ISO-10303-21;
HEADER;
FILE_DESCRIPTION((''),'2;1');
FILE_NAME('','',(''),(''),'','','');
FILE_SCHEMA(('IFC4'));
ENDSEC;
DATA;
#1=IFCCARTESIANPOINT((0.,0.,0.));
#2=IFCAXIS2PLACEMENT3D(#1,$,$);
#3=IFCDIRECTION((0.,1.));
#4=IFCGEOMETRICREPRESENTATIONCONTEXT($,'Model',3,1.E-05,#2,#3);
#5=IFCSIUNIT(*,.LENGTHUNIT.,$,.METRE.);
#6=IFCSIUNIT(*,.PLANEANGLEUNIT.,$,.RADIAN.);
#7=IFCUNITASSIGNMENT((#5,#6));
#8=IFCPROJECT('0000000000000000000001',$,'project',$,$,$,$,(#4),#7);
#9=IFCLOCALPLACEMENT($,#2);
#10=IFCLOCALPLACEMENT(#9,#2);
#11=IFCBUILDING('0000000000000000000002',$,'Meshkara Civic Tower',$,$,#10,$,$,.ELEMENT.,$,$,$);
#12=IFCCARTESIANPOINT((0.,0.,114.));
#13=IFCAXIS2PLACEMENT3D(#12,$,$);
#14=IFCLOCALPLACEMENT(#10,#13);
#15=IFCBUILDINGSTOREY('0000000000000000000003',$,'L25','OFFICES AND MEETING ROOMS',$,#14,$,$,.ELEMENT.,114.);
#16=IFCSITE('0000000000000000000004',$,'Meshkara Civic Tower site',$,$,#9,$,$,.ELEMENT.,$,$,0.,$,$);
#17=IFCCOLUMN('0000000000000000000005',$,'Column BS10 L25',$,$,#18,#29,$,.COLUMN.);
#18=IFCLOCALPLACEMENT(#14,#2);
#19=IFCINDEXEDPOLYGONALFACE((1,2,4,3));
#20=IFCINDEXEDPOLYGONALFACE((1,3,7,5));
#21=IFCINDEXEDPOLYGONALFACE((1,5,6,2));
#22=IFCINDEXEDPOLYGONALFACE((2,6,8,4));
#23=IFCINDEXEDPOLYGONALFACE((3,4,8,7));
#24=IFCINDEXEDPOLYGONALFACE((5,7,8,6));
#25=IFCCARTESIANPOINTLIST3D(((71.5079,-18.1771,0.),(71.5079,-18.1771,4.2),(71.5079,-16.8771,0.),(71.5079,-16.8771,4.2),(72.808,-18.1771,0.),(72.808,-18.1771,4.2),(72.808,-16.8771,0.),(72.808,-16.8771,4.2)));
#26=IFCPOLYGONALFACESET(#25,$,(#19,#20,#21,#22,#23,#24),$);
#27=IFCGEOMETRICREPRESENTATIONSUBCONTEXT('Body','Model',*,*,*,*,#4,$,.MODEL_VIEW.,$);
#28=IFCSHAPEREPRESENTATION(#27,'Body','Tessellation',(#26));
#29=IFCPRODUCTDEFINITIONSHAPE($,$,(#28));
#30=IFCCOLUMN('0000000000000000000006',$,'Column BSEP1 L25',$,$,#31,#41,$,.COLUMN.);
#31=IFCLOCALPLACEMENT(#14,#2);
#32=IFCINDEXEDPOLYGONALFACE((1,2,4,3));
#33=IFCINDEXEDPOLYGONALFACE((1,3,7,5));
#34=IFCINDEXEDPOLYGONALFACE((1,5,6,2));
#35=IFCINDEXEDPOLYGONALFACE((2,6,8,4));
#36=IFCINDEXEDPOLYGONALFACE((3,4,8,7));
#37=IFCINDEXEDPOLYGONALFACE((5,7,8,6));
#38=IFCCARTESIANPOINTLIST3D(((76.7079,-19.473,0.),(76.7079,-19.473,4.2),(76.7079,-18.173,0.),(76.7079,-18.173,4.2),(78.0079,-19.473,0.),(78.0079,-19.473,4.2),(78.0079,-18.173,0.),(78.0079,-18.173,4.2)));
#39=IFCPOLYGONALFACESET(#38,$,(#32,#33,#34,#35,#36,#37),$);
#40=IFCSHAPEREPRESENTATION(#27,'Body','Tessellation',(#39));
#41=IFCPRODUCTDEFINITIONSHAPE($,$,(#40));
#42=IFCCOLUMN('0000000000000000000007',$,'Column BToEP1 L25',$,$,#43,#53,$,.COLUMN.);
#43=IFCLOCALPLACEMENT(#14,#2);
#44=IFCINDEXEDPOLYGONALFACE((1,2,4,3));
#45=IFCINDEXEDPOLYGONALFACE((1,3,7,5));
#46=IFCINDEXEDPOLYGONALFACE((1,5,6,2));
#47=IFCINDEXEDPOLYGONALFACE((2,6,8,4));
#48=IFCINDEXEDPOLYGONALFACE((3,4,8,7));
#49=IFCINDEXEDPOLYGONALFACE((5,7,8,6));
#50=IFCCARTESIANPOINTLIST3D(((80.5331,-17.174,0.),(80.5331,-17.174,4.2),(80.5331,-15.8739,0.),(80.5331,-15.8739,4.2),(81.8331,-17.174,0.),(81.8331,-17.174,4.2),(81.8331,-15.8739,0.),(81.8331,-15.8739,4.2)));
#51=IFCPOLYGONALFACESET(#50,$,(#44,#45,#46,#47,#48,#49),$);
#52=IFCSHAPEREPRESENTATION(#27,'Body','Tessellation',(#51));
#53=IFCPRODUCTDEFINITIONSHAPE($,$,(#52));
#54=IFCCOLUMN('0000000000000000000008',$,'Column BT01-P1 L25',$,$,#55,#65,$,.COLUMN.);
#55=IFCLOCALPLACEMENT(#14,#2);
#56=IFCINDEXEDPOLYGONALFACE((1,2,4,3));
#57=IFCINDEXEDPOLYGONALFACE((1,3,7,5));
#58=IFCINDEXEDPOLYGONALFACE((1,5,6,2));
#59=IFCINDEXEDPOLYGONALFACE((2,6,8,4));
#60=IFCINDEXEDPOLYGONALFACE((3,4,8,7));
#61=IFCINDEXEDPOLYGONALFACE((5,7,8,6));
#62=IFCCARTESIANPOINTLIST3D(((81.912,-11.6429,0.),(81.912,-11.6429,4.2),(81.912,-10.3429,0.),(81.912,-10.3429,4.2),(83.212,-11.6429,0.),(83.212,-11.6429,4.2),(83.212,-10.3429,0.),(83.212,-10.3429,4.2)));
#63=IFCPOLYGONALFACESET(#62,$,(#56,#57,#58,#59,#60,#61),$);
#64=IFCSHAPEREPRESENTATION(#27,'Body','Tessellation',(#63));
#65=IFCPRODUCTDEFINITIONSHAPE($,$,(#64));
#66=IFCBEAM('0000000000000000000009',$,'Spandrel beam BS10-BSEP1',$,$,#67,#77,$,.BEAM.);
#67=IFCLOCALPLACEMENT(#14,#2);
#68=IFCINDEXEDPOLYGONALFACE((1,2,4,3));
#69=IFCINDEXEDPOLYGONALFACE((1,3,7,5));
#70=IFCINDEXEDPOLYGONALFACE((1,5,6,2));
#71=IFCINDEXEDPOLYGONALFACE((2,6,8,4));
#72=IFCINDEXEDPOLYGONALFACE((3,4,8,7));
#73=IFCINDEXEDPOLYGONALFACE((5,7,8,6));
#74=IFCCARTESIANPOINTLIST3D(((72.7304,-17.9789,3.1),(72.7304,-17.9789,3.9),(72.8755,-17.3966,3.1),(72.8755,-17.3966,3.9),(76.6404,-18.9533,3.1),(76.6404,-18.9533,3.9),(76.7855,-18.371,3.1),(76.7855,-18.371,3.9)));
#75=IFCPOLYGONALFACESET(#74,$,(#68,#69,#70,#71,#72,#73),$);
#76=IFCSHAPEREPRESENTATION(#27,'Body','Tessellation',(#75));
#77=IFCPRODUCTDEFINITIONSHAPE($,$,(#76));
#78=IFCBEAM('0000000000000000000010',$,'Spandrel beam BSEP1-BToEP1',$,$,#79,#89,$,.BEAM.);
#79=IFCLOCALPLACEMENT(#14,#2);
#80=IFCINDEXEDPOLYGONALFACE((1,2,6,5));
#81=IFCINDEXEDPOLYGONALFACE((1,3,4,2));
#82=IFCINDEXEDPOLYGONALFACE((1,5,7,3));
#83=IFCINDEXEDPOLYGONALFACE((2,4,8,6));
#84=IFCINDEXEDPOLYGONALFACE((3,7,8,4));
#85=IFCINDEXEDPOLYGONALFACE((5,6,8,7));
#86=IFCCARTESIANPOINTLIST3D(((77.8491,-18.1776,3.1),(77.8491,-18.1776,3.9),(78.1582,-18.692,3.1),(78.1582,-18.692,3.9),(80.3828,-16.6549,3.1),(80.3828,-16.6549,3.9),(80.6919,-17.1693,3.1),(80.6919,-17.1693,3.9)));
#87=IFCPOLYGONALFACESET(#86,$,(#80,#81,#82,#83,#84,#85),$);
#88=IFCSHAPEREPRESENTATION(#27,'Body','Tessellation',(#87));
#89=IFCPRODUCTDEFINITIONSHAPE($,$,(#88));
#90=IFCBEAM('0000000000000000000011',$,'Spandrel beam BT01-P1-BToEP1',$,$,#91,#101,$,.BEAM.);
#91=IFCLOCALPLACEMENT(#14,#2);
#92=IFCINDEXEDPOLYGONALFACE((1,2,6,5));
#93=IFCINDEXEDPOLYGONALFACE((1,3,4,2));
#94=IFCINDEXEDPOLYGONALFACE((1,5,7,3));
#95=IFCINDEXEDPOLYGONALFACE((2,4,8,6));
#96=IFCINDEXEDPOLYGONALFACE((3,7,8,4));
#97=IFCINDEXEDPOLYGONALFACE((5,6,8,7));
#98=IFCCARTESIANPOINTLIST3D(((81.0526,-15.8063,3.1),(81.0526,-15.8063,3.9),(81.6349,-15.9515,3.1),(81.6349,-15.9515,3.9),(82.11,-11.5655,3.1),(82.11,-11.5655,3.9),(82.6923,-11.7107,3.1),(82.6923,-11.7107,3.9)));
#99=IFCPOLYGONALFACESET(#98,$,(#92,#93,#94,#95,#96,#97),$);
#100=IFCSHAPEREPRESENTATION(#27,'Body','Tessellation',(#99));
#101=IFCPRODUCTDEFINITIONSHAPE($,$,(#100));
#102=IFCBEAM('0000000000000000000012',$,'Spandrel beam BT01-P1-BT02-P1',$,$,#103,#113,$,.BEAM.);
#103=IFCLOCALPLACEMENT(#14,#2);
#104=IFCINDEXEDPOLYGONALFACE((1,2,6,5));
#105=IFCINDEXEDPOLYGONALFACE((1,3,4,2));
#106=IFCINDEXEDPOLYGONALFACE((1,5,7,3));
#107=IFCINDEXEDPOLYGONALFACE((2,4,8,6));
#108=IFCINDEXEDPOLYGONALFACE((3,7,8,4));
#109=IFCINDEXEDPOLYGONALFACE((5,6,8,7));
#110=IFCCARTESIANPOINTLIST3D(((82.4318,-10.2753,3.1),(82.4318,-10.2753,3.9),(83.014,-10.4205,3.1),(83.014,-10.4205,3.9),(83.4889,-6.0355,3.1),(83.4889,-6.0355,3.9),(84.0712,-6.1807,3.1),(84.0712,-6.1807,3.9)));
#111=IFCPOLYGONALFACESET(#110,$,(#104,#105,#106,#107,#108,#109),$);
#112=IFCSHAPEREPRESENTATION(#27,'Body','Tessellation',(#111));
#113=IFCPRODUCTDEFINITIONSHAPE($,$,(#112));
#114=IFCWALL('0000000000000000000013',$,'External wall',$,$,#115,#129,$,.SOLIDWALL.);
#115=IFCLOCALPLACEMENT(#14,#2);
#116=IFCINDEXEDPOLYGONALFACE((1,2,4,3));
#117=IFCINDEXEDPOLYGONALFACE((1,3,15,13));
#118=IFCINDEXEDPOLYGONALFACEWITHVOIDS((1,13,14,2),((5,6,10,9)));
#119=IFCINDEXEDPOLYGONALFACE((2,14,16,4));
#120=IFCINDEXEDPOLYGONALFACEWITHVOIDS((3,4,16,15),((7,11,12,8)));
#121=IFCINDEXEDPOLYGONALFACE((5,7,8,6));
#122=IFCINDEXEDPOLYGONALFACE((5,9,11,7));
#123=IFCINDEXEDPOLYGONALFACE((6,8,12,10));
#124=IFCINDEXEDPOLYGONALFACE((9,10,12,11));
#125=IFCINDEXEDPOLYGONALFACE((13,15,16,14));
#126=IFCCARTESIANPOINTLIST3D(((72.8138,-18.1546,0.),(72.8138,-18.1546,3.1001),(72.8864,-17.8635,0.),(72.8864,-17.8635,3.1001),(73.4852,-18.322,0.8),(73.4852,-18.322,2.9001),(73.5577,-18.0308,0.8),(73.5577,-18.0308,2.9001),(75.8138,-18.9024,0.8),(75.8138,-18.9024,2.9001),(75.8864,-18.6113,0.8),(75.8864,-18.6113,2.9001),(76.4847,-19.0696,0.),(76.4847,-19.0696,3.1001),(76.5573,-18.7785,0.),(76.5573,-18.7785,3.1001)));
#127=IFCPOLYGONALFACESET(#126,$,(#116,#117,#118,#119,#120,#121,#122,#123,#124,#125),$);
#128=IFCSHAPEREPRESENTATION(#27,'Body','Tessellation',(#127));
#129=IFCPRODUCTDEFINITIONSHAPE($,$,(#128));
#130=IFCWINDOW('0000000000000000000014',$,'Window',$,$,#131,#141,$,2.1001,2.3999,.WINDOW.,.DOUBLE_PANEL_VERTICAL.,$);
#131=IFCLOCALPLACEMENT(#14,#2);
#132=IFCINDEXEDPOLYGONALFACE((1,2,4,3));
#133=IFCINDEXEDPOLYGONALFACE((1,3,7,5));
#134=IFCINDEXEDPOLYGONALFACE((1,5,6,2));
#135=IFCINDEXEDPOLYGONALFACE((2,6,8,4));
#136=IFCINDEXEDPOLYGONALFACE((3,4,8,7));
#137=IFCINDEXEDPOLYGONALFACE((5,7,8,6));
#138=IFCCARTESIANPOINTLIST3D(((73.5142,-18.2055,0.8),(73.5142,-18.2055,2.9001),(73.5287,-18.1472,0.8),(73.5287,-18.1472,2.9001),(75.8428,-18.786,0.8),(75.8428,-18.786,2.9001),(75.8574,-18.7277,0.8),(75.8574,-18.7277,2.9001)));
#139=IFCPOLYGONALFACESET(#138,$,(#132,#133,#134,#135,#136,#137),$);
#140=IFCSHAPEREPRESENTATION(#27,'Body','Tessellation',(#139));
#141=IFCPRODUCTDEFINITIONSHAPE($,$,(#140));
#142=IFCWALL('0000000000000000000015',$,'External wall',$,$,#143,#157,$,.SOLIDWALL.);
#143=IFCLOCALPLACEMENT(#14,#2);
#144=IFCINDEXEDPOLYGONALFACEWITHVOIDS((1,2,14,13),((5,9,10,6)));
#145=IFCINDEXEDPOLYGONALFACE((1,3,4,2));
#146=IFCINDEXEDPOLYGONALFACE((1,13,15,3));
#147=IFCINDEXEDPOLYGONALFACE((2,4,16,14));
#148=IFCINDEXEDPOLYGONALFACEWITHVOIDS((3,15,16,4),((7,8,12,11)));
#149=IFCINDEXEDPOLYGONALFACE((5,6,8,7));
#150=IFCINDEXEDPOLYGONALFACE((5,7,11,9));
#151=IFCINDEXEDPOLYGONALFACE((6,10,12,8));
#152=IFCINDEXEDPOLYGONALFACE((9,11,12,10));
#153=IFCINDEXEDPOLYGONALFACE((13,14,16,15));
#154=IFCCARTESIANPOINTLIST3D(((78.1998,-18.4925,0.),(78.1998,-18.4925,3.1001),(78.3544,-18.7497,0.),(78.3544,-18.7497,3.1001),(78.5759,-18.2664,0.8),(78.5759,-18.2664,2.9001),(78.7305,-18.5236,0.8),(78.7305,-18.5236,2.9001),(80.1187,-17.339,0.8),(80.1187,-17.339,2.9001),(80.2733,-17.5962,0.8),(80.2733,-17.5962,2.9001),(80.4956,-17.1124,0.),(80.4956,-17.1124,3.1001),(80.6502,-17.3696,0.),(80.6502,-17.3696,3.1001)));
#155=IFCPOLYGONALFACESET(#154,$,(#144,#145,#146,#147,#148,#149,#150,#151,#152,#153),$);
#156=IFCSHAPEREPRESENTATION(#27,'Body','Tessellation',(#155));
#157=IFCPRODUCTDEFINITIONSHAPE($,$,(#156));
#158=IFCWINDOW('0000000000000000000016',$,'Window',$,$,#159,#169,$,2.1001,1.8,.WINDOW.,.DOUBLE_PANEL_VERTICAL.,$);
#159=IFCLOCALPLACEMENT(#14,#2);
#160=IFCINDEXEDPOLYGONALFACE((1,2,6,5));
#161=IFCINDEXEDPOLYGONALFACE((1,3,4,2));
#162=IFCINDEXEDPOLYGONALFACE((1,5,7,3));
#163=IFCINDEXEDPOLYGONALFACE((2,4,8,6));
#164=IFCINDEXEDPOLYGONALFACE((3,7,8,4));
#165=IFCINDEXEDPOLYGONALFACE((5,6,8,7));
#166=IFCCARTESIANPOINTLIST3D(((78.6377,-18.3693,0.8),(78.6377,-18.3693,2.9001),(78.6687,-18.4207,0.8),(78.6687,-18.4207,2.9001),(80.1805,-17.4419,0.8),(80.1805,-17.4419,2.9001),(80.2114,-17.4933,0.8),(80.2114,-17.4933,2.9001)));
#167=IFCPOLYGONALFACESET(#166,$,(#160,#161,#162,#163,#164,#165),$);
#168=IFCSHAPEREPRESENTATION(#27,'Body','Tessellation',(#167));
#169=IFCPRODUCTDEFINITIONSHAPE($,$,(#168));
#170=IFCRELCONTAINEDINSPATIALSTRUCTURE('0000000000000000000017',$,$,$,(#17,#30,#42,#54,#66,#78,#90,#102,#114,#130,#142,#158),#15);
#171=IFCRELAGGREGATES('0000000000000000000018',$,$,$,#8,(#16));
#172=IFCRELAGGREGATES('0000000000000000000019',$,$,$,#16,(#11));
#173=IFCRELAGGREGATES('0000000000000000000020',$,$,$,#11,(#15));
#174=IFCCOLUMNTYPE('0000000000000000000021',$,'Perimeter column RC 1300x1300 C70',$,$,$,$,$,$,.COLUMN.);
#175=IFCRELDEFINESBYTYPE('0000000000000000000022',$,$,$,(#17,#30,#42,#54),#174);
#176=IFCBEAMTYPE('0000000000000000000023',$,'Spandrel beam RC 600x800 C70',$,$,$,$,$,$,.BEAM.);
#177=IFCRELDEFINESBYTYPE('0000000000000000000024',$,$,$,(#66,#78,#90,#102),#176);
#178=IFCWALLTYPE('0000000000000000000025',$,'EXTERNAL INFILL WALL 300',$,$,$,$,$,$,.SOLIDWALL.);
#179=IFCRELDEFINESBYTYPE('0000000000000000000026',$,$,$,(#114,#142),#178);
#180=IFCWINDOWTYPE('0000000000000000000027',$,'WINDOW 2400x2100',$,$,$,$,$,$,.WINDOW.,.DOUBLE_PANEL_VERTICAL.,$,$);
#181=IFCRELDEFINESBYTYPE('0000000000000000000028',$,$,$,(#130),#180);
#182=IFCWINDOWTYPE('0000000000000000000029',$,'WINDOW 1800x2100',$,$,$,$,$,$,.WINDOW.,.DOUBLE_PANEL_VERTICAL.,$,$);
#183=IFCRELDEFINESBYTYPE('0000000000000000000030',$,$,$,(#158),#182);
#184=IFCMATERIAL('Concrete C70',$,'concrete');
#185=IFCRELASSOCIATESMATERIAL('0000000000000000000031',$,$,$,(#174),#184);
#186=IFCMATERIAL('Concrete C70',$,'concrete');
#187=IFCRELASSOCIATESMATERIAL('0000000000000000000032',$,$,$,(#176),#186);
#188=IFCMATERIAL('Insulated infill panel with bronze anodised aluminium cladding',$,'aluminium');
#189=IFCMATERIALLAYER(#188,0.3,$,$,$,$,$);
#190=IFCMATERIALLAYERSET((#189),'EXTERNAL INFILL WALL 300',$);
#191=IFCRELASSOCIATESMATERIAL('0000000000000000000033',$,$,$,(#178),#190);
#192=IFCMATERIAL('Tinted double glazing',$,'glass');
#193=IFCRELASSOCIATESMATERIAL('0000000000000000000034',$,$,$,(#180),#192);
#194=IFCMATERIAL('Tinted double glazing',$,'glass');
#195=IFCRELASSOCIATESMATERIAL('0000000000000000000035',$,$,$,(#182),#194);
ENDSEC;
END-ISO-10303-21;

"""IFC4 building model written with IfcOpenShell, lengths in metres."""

from ifc_helpers import new_model, si_unit, direction, frame, frame_2d, origin, origin_2d, place, context, subcontext, project, spatial, rectangle, extrude, material, layer, layer_set, material_profile, profile_set, type_object, element, fill, save


model = new_model("IFC4")

# Units and contexts
model_context = context("Model", 3, precision=1e-05, world=origin(), true_north=direction((0.0, 1.0)))
body_context = subcontext(model_context, "Body", "Model", "MODEL_VIEW")
ifc_project = project(units=[si_unit("LENGTHUNIT", "METRE"), si_unit("PLANEANGLEUNIT", "RADIAN")], contexts=[model_context])

# Site, building, storey
site_placement = place(None, origin())
site = spatial("IfcSite", under=ifc_project, at=site_placement, Name="Meshkara Civic Tower site", CompositionType="ELEMENT", RefElevation=0.0)
building_placement = place(site_placement, origin())
building = spatial("IfcBuilding", under=site, at=building_placement, Name="Meshkara Civic Tower", CompositionType="ELEMENT")
storey_placement = place(building_placement, frame((0.0, 0.0, 114.0)))
storey = spatial("IfcBuildingStorey", under=building, at=storey_placement, Name="L25", Description="OFFICES AND MEETING ROOMS", CompositionType="ELEMENT", Elevation=114.0)

# Columns
ifc_material_1 = material(Name="Concrete C70", Category="concrete")
ifc_material_profile_1 = material_profile(ifc_material_1, rectangle(XDim=1.3, YDim=1.3, at=origin_2d()))
ifc_profile_set_1 = profile_set([ifc_material_profile_1], Name="Concrete C70")
column_type = type_object("IfcColumnType", Name="Perimeter column RC 1300x1300 C70", PredefinedType="COLUMN", material=ifc_profile_set_1)
for number, where, z_axis, x_axis, name in (
    (1, (72.158, -17.5271, 0.0), (0.0, 0.0, 1.0), (1.0, 0.0, 0.0), "Column BS10 L25"),
    (2, (77.3579, -18.823, 0.0), (0.0, 0.0, 1.0), (1.0, 0.0, 0.0), "Column BSEP1 L25"),
    (3, (81.1831, -16.5239, 0.0), (0.0, 0.0, 1.0), (1.0, 0.0, 0.0), "Column BToEP1 L25"),
    (4, (82.562, -10.9929, 0.0), (0.0, 0.0, 1.0), (1.0, 0.0, 0.0), "Column BT01-P1 L25"),
):
    element("IfcColumn", number, at=place(storey_placement, frame(where, z_axis=z_axis, x_axis=x_axis)), inside=storey, type_object=column_type, Name=name, PredefinedType="COLUMN", context=body_context, shape_type="SweptSolid", body=[
        extrude(rectangle(XDim=1.3, YDim=1.3, at=origin_2d()), origin(), (0.0, 0.0, 1.0), 4.2),
    ])

# Beams
ifc_material_2 = material(Name="Concrete C70", Category="concrete")
ifc_material_profile_2 = material_profile(ifc_material_2, rectangle(XDim=0.6001, YDim=0.8, at=origin_2d()))
ifc_profile_set_2 = profile_set([ifc_material_profile_2], Name="Concrete C70")
beam_type = type_object("IfcBeamType", Name="Spandrel beam RC 600x800 C70", PredefinedType="BEAM", material=ifc_profile_set_2)
beam_1_placement = place(storey_placement, frame((72.803, -17.6877, 3.5), z_axis=(0.970324, -0.241808, 0.0), x_axis=(0.241808, 0.970324, 0.0)))
element("IfcBeam", 5, at=beam_1_placement, inside=storey, type_object=beam_type, Name="Spandrel beam BS10-BSEP1", PredefinedType="BEAM", context=body_context, shape_type="SweptSolid", body=[
    extrude(rectangle(XDim=0.6001, YDim=0.8, at=origin_2d()), origin(), (0.0, 0.0, 1.0), 4.0295),
])
beam_2_placement = place(storey_placement, frame((78.0037, -18.4348, 3.5), z_axis=(0.857121, 0.515115, 0.0), x_axis=(-0.515115, 0.857121, 0.0)))
element("IfcBeam", 6, at=beam_2_placement, inside=storey, type_object=beam_type, Name="Spandrel beam BSEP1-BToEP1", PredefinedType="BEAM", context=body_context, shape_type="SweptSolid", body=[
    extrude(rectangle(XDim=0.6001, YDim=0.8, at=origin_2d()), origin(), (0.0, 0.0, 1.0), 2.9561),
])
beam_3_placement = place(storey_placement, frame((81.3438, -15.8789, 3.5), z_axis=(0.241931, 0.970293, 0.0), x_axis=(-0.970293, 0.241931, 0.0)))
element("IfcBeam", 7, at=beam_3_placement, inside=storey, type_object=beam_type, Name="Spandrel beam BT01-P1-BToEP1", PredefinedType="BEAM", context=body_context, shape_type="SweptSolid", body=[
    extrude(rectangle(XDim=0.6001, YDim=0.8, at=origin_2d()), origin(), (0.0, 0.0, 1.0), 4.3706),
])
beam_4_placement = place(storey_placement, frame((82.7229, -10.3479, 3.5), z_axis=(0.241931, 0.970293, 0.0), x_axis=(-0.970293, 0.241931, 0.0)))
element("IfcBeam", 8, at=beam_4_placement, inside=storey, type_object=beam_type, Name="Spandrel beam BT01-P1-BT02-P1", PredefinedType="BEAM", context=body_context, shape_type="SweptSolid", body=[
    extrude(rectangle(XDim=0.6001, YDim=0.8, at=origin_2d()), origin(), (0.0, 0.0, 1.0), 4.3696),
])

# Walls, openings, windows
ifc_material_3 = material(Name="Insulated infill panel with bronze anodised aluminium cladding", Category="aluminium")
ifc_layer_1 = layer(ifc_material_3, 0.3)
ifc_layer_set_1 = layer_set([ifc_layer_1], Name="EXTERNAL INFILL WALL 300")
wall_type_1 = type_object("IfcWallType", Name="EXTERNAL INFILL WALL 300", PredefinedType="SOLIDWALL", material=ifc_layer_set_1)
wall_1_placement = place(storey_placement, frame((72.8501, -18.009, 0.0), z_axis=(0.0, 0.0, 1.0), x_axis=(0.970309, -0.241867, 0.0)))
wall_1 = element("IfcWall", 9, at=wall_1_placement, inside=storey, type_object=wall_type_1, Name="External wall", PredefinedType="SOLIDWALL", context=body_context, shape_type="SweptSolid", body=[
    extrude(rectangle(XDim=3.7832, YDim=0.3, at=frame_2d((1.8916, 0.0))), origin(), (0.0, 0.0, 1.0), 3.1001),
])
opening_1_placement = place(wall_1_placement, frame((0.6919, 0.0, 0.8)))
opening_1 = element("IfcOpeningElement", 10, at=opening_1_placement, cuts=wall_1, PredefinedType="OPENING", context=body_context, shape_type="SweptSolid", body=[
    extrude(rectangle(XDim=2.3999, YDim=2.1001, at=frame_2d((1.2, 1.05))), frame((0.0, 0.1599, 0.0), z_axis=(0.0, -1.0, 0.0), x_axis=(1.0, 0.0, 0.0)), (0.0, 0.0, 1.0), 0.3201),
])
ifc_material_4 = material(Name="Tinted double glazing", Category="glass")
window_type_1 = type_object("IfcWindowType", Name="WINDOW 2400x2100", PartitioningType="DOUBLE_PANEL_VERTICAL", PredefinedType="WINDOW", material=ifc_material_4)
window_1_placement = place(opening_1_placement, origin())
window_1 = element("IfcWindow", 11, at=window_1_placement, inside=storey, type_object=window_type_1, Name="Window", OverallHeight=2.1001, OverallWidth=2.3999, PartitioningType="DOUBLE_PANEL_VERTICAL", PredefinedType="WINDOW", context=body_context, shape_type="SweptSolid", body=[
    extrude(rectangle(XDim=2.3999, YDim=2.1001, at=frame_2d((1.2, 1.05))), frame((0.0, 0.03, 0.0), z_axis=(0.0, -1.0, 0.0), x_axis=(1.0, 0.0, 0.0)), (0.0, 0.0, 1.0), 0.0601),
])
fill(opening_1, window_1)
wall_2_placement = place(storey_placement, frame((78.2771, -18.6211, 0.0), z_axis=(0.0, 0.0, 1.0), x_axis=(0.857066, 0.515206, 0.0)))
wall_2 = element("IfcWall", 12, at=wall_2_placement, inside=storey, type_object=wall_type_1, Name="External wall", PredefinedType="SOLIDWALL", context=body_context, shape_type="SweptSolid", body=[
    extrude(rectangle(XDim=2.6787, YDim=0.3, at=frame_2d((1.3394, 0.0))), origin(), (0.0, 0.0, 1.0), 3.1001),
])
opening_2_placement = place(wall_2_placement, frame((0.439, 0.0, 0.8)))
opening_2 = element("IfcOpeningElement", 13, at=opening_2_placement, cuts=wall_2, PredefinedType="OPENING", context=body_context, shape_type="SweptSolid", body=[
    extrude(rectangle(XDim=1.8, YDim=2.1001, at=frame_2d((0.8999, 1.05))), frame((0.0, 0.1599, 0.0), z_axis=(0.0, -1.0, 0.0), x_axis=(1.0, 0.0, 0.0)), (0.0, 0.0, 1.0), 0.3201),
])
ifc_material_5 = material(Name="Tinted double glazing", Category="glass")
window_type_2 = type_object("IfcWindowType", Name="WINDOW 1800x2100", PartitioningType="DOUBLE_PANEL_VERTICAL", PredefinedType="WINDOW", material=ifc_material_5)
window_2_placement = place(opening_2_placement, origin())
window_2 = element("IfcWindow", 14, at=window_2_placement, inside=storey, type_object=window_type_2, Name="Window", OverallHeight=2.1001, OverallWidth=1.8, PartitioningType="DOUBLE_PANEL_VERTICAL", PredefinedType="WINDOW", context=body_context, shape_type="SweptSolid", body=[
    extrude(rectangle(XDim=1.8, YDim=2.1001, at=frame_2d((0.8999, 1.05))), frame((0.0, 0.03, 0.0), z_axis=(0.0, -1.0, 0.0), x_axis=(1.0, 0.0, 0.0)), (0.0, 0.0, 1.0), 0.0601),
])
fill(opening_2, window_2)

save(model, "model.ifc")
